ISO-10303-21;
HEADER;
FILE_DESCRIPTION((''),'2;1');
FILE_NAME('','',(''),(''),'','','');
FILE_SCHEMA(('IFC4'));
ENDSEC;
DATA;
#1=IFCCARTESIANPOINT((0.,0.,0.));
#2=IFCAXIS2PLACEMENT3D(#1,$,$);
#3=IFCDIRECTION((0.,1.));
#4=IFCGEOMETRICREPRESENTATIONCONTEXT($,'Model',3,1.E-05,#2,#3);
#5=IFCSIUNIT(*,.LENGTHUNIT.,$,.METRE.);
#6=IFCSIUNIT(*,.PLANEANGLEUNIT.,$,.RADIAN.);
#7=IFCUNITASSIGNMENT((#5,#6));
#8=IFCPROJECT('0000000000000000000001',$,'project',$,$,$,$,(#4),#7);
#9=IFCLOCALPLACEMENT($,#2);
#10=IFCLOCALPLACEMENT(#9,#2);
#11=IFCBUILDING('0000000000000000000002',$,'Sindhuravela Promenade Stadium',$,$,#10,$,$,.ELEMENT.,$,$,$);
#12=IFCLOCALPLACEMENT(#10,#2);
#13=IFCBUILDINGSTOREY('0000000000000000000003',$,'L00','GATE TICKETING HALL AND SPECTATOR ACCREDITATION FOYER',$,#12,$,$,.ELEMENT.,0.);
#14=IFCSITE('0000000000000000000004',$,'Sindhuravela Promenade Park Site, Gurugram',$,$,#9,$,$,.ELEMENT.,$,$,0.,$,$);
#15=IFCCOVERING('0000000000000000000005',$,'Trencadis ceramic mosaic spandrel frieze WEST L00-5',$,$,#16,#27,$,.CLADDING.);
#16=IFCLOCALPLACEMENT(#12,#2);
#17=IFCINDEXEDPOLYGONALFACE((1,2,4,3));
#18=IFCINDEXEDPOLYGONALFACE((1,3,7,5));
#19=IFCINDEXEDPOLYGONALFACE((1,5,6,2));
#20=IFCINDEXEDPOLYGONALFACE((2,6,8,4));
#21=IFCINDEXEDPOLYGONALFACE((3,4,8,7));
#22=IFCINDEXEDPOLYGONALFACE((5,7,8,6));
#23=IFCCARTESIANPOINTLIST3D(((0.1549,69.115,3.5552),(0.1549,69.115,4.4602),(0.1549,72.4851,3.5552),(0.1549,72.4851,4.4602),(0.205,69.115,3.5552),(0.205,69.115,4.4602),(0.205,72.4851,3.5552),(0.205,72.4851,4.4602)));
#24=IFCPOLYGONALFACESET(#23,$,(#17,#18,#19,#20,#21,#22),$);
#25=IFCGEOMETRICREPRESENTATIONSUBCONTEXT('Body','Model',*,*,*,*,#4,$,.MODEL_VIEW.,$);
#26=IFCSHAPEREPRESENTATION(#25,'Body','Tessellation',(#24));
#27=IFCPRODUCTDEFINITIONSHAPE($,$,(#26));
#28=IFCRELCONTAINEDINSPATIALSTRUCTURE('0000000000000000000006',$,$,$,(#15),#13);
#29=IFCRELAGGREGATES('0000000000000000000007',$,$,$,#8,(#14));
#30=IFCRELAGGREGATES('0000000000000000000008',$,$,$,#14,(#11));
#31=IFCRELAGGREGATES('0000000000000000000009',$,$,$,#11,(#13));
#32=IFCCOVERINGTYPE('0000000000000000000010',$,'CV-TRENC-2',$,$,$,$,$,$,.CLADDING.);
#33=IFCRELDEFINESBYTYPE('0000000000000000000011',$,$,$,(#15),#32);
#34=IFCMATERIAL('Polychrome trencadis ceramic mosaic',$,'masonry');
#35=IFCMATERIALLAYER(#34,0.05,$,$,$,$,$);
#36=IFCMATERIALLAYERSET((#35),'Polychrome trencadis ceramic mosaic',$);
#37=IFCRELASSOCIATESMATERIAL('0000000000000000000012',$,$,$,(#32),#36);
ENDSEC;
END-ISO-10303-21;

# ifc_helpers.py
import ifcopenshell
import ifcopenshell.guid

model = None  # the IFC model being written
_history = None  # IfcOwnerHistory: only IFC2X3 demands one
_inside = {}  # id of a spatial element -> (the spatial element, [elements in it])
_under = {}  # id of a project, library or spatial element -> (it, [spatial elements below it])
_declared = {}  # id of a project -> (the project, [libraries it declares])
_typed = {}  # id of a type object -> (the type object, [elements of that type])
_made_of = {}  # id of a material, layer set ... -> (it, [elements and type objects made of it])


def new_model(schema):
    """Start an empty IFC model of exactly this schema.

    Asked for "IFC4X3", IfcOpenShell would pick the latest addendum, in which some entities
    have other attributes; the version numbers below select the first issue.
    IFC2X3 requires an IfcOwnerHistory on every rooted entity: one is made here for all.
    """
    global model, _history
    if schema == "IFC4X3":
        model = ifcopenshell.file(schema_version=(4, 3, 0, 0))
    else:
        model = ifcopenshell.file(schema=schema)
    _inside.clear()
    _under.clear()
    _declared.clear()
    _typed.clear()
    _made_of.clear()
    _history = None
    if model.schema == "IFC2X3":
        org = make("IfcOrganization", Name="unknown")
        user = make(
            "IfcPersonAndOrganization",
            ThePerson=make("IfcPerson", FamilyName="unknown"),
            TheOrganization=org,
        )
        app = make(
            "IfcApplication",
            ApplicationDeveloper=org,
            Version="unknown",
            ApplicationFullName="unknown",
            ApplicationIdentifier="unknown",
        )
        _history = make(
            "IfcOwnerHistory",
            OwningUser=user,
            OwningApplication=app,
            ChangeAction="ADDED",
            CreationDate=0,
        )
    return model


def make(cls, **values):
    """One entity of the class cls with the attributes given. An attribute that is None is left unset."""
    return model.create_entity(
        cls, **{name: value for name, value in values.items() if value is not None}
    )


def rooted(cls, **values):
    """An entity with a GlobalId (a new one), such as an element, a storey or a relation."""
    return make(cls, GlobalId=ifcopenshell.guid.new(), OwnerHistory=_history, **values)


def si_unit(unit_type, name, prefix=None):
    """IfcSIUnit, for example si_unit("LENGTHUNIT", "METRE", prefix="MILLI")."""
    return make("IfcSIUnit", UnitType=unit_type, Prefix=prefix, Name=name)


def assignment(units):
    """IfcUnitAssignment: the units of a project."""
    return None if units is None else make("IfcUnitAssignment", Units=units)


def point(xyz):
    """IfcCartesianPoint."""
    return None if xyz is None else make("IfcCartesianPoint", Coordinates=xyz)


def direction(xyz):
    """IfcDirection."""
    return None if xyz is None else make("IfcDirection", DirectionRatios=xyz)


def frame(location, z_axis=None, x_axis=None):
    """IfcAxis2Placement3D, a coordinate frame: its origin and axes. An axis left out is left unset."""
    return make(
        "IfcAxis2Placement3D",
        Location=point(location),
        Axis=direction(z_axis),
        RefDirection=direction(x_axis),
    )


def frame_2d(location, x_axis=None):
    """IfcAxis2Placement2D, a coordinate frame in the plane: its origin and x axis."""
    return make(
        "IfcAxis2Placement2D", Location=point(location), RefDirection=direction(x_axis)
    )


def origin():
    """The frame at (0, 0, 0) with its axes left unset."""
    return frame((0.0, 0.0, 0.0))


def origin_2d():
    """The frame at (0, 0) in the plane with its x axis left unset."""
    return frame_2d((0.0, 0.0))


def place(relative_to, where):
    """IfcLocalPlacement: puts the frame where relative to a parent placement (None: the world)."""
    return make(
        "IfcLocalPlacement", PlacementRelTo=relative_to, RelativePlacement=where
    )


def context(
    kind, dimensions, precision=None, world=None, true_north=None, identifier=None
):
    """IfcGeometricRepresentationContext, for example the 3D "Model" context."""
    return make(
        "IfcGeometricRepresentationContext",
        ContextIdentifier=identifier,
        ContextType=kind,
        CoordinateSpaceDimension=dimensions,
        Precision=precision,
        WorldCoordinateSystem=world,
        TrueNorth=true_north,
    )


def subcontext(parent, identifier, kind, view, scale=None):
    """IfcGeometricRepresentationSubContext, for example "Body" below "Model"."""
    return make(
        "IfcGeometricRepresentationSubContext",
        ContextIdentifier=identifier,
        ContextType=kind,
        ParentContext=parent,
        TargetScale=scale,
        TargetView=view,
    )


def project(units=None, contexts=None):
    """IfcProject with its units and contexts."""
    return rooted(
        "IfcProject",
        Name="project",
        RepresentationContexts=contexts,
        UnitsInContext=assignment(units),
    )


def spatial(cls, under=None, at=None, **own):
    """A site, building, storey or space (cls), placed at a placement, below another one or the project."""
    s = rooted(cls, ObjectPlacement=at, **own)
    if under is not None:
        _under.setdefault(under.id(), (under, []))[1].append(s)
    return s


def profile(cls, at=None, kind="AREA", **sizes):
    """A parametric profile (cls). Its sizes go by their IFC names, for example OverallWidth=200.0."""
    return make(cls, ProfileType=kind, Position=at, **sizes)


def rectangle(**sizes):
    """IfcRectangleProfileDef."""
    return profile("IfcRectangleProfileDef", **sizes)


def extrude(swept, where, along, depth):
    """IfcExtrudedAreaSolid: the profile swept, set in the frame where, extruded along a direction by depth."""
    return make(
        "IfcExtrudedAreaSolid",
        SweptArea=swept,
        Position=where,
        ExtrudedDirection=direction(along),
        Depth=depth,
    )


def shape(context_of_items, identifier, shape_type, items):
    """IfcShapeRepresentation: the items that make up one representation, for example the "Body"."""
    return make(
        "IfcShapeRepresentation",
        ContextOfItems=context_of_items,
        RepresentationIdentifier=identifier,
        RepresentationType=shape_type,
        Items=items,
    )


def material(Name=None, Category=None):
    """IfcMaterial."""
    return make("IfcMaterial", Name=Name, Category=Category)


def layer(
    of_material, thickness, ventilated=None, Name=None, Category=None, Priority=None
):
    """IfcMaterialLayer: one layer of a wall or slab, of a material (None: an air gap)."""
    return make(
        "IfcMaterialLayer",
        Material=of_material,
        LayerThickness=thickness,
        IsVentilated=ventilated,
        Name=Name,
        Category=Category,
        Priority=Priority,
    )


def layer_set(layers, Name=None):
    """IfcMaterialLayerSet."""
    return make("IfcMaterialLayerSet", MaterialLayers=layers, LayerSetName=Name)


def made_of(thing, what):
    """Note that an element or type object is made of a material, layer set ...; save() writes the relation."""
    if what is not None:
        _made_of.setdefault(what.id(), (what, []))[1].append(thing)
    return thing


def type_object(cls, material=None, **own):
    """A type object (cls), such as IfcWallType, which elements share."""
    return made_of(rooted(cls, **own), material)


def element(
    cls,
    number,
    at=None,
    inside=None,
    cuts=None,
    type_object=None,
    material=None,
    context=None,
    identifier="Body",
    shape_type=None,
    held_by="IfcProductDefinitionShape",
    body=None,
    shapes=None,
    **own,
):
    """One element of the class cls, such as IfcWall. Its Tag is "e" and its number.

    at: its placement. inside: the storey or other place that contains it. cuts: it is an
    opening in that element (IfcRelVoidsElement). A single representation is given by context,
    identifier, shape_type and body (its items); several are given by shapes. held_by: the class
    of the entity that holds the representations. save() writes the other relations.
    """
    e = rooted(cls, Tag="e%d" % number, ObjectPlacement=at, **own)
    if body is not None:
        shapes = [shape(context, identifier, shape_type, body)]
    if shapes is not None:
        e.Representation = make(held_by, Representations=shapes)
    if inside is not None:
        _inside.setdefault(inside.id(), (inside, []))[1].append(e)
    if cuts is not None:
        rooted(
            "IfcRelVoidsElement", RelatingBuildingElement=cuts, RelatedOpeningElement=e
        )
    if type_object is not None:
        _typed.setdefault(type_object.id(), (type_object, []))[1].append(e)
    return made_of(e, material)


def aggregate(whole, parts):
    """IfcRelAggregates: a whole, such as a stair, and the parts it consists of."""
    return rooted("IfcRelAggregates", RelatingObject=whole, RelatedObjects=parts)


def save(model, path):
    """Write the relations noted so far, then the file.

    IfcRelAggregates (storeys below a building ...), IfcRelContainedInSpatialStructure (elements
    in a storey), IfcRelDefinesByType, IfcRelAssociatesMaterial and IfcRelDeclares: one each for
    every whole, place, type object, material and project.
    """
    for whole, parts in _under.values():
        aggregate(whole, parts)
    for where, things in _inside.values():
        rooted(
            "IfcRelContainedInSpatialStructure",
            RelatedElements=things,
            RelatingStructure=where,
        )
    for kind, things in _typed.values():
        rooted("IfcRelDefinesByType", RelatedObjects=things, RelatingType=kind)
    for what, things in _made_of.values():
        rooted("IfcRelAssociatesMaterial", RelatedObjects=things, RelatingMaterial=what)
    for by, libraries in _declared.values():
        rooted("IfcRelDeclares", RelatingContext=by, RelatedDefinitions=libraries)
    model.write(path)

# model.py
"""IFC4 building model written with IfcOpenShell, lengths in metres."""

from ifc_helpers import new_model, si_unit, direction, frame, origin, origin_2d, place, context, subcontext, project, spatial, rectangle, extrude, material, layer, layer_set, type_object, element, save


model = new_model("IFC4")

# Units and contexts
model_context = context("Model", 3, precision=1e-05, world=origin(), true_north=direction((0.0, 1.0)))
body_context = subcontext(model_context, "Body", "Model", "MODEL_VIEW")
ifc_project = project(units=[si_unit("LENGTHUNIT", "METRE"), si_unit("PLANEANGLEUNIT", "RADIAN")], contexts=[model_context])

# Site, building, storey
site_placement = place(None, origin())
site = spatial("IfcSite", under=ifc_project, at=site_placement, Name="Sindhuravela Promenade Park Site, Gurugram", CompositionType="ELEMENT", RefElevation=0.0)
building_placement = place(site_placement, origin())
building = spatial("IfcBuilding", under=site, at=building_placement, Name="Sindhuravela Promenade Stadium", CompositionType="ELEMENT")
storey_placement = place(building_placement, origin())
storey = spatial("IfcBuildingStorey", under=building, at=storey_placement, Name="L00", Description="GATE TICKETING HALL AND SPECTATOR ACCREDITATION FOYER", CompositionType="ELEMENT", Elevation=0.0)

# Covering
ifc_material_1 = material(Name="Polychrome trencadis ceramic mosaic", Category="masonry")
ifc_layer_1 = layer(ifc_material_1, 0.05)
ifc_layer_set_1 = layer_set([ifc_layer_1], Name="Polychrome trencadis ceramic mosaic")
covering_type_1 = type_object("IfcCoveringType", Name="CV-TRENC-2", PredefinedType="CLADDING", material=ifc_layer_set_1)
covering_1_placement = place(storey_placement, frame((0.1799, 70.8, 3.5552), z_axis=(0.0, 0.0, 1.0), x_axis=(0.0, 1.0, 0.0)))
element("IfcCovering", 1, at=covering_1_placement, inside=storey, type_object=covering_type_1, Name="Trencadis ceramic mosaic spandrel frieze WEST L00-5", PredefinedType="CLADDING", context=body_context, shape_type="SweptSolid", body=[
    extrude(rectangle(XDim=3.3701, YDim=0.05, at=origin_2d()), origin(), (0.0, 0.0, 1.0), 0.905),
])

save(model, "model.ifc")
